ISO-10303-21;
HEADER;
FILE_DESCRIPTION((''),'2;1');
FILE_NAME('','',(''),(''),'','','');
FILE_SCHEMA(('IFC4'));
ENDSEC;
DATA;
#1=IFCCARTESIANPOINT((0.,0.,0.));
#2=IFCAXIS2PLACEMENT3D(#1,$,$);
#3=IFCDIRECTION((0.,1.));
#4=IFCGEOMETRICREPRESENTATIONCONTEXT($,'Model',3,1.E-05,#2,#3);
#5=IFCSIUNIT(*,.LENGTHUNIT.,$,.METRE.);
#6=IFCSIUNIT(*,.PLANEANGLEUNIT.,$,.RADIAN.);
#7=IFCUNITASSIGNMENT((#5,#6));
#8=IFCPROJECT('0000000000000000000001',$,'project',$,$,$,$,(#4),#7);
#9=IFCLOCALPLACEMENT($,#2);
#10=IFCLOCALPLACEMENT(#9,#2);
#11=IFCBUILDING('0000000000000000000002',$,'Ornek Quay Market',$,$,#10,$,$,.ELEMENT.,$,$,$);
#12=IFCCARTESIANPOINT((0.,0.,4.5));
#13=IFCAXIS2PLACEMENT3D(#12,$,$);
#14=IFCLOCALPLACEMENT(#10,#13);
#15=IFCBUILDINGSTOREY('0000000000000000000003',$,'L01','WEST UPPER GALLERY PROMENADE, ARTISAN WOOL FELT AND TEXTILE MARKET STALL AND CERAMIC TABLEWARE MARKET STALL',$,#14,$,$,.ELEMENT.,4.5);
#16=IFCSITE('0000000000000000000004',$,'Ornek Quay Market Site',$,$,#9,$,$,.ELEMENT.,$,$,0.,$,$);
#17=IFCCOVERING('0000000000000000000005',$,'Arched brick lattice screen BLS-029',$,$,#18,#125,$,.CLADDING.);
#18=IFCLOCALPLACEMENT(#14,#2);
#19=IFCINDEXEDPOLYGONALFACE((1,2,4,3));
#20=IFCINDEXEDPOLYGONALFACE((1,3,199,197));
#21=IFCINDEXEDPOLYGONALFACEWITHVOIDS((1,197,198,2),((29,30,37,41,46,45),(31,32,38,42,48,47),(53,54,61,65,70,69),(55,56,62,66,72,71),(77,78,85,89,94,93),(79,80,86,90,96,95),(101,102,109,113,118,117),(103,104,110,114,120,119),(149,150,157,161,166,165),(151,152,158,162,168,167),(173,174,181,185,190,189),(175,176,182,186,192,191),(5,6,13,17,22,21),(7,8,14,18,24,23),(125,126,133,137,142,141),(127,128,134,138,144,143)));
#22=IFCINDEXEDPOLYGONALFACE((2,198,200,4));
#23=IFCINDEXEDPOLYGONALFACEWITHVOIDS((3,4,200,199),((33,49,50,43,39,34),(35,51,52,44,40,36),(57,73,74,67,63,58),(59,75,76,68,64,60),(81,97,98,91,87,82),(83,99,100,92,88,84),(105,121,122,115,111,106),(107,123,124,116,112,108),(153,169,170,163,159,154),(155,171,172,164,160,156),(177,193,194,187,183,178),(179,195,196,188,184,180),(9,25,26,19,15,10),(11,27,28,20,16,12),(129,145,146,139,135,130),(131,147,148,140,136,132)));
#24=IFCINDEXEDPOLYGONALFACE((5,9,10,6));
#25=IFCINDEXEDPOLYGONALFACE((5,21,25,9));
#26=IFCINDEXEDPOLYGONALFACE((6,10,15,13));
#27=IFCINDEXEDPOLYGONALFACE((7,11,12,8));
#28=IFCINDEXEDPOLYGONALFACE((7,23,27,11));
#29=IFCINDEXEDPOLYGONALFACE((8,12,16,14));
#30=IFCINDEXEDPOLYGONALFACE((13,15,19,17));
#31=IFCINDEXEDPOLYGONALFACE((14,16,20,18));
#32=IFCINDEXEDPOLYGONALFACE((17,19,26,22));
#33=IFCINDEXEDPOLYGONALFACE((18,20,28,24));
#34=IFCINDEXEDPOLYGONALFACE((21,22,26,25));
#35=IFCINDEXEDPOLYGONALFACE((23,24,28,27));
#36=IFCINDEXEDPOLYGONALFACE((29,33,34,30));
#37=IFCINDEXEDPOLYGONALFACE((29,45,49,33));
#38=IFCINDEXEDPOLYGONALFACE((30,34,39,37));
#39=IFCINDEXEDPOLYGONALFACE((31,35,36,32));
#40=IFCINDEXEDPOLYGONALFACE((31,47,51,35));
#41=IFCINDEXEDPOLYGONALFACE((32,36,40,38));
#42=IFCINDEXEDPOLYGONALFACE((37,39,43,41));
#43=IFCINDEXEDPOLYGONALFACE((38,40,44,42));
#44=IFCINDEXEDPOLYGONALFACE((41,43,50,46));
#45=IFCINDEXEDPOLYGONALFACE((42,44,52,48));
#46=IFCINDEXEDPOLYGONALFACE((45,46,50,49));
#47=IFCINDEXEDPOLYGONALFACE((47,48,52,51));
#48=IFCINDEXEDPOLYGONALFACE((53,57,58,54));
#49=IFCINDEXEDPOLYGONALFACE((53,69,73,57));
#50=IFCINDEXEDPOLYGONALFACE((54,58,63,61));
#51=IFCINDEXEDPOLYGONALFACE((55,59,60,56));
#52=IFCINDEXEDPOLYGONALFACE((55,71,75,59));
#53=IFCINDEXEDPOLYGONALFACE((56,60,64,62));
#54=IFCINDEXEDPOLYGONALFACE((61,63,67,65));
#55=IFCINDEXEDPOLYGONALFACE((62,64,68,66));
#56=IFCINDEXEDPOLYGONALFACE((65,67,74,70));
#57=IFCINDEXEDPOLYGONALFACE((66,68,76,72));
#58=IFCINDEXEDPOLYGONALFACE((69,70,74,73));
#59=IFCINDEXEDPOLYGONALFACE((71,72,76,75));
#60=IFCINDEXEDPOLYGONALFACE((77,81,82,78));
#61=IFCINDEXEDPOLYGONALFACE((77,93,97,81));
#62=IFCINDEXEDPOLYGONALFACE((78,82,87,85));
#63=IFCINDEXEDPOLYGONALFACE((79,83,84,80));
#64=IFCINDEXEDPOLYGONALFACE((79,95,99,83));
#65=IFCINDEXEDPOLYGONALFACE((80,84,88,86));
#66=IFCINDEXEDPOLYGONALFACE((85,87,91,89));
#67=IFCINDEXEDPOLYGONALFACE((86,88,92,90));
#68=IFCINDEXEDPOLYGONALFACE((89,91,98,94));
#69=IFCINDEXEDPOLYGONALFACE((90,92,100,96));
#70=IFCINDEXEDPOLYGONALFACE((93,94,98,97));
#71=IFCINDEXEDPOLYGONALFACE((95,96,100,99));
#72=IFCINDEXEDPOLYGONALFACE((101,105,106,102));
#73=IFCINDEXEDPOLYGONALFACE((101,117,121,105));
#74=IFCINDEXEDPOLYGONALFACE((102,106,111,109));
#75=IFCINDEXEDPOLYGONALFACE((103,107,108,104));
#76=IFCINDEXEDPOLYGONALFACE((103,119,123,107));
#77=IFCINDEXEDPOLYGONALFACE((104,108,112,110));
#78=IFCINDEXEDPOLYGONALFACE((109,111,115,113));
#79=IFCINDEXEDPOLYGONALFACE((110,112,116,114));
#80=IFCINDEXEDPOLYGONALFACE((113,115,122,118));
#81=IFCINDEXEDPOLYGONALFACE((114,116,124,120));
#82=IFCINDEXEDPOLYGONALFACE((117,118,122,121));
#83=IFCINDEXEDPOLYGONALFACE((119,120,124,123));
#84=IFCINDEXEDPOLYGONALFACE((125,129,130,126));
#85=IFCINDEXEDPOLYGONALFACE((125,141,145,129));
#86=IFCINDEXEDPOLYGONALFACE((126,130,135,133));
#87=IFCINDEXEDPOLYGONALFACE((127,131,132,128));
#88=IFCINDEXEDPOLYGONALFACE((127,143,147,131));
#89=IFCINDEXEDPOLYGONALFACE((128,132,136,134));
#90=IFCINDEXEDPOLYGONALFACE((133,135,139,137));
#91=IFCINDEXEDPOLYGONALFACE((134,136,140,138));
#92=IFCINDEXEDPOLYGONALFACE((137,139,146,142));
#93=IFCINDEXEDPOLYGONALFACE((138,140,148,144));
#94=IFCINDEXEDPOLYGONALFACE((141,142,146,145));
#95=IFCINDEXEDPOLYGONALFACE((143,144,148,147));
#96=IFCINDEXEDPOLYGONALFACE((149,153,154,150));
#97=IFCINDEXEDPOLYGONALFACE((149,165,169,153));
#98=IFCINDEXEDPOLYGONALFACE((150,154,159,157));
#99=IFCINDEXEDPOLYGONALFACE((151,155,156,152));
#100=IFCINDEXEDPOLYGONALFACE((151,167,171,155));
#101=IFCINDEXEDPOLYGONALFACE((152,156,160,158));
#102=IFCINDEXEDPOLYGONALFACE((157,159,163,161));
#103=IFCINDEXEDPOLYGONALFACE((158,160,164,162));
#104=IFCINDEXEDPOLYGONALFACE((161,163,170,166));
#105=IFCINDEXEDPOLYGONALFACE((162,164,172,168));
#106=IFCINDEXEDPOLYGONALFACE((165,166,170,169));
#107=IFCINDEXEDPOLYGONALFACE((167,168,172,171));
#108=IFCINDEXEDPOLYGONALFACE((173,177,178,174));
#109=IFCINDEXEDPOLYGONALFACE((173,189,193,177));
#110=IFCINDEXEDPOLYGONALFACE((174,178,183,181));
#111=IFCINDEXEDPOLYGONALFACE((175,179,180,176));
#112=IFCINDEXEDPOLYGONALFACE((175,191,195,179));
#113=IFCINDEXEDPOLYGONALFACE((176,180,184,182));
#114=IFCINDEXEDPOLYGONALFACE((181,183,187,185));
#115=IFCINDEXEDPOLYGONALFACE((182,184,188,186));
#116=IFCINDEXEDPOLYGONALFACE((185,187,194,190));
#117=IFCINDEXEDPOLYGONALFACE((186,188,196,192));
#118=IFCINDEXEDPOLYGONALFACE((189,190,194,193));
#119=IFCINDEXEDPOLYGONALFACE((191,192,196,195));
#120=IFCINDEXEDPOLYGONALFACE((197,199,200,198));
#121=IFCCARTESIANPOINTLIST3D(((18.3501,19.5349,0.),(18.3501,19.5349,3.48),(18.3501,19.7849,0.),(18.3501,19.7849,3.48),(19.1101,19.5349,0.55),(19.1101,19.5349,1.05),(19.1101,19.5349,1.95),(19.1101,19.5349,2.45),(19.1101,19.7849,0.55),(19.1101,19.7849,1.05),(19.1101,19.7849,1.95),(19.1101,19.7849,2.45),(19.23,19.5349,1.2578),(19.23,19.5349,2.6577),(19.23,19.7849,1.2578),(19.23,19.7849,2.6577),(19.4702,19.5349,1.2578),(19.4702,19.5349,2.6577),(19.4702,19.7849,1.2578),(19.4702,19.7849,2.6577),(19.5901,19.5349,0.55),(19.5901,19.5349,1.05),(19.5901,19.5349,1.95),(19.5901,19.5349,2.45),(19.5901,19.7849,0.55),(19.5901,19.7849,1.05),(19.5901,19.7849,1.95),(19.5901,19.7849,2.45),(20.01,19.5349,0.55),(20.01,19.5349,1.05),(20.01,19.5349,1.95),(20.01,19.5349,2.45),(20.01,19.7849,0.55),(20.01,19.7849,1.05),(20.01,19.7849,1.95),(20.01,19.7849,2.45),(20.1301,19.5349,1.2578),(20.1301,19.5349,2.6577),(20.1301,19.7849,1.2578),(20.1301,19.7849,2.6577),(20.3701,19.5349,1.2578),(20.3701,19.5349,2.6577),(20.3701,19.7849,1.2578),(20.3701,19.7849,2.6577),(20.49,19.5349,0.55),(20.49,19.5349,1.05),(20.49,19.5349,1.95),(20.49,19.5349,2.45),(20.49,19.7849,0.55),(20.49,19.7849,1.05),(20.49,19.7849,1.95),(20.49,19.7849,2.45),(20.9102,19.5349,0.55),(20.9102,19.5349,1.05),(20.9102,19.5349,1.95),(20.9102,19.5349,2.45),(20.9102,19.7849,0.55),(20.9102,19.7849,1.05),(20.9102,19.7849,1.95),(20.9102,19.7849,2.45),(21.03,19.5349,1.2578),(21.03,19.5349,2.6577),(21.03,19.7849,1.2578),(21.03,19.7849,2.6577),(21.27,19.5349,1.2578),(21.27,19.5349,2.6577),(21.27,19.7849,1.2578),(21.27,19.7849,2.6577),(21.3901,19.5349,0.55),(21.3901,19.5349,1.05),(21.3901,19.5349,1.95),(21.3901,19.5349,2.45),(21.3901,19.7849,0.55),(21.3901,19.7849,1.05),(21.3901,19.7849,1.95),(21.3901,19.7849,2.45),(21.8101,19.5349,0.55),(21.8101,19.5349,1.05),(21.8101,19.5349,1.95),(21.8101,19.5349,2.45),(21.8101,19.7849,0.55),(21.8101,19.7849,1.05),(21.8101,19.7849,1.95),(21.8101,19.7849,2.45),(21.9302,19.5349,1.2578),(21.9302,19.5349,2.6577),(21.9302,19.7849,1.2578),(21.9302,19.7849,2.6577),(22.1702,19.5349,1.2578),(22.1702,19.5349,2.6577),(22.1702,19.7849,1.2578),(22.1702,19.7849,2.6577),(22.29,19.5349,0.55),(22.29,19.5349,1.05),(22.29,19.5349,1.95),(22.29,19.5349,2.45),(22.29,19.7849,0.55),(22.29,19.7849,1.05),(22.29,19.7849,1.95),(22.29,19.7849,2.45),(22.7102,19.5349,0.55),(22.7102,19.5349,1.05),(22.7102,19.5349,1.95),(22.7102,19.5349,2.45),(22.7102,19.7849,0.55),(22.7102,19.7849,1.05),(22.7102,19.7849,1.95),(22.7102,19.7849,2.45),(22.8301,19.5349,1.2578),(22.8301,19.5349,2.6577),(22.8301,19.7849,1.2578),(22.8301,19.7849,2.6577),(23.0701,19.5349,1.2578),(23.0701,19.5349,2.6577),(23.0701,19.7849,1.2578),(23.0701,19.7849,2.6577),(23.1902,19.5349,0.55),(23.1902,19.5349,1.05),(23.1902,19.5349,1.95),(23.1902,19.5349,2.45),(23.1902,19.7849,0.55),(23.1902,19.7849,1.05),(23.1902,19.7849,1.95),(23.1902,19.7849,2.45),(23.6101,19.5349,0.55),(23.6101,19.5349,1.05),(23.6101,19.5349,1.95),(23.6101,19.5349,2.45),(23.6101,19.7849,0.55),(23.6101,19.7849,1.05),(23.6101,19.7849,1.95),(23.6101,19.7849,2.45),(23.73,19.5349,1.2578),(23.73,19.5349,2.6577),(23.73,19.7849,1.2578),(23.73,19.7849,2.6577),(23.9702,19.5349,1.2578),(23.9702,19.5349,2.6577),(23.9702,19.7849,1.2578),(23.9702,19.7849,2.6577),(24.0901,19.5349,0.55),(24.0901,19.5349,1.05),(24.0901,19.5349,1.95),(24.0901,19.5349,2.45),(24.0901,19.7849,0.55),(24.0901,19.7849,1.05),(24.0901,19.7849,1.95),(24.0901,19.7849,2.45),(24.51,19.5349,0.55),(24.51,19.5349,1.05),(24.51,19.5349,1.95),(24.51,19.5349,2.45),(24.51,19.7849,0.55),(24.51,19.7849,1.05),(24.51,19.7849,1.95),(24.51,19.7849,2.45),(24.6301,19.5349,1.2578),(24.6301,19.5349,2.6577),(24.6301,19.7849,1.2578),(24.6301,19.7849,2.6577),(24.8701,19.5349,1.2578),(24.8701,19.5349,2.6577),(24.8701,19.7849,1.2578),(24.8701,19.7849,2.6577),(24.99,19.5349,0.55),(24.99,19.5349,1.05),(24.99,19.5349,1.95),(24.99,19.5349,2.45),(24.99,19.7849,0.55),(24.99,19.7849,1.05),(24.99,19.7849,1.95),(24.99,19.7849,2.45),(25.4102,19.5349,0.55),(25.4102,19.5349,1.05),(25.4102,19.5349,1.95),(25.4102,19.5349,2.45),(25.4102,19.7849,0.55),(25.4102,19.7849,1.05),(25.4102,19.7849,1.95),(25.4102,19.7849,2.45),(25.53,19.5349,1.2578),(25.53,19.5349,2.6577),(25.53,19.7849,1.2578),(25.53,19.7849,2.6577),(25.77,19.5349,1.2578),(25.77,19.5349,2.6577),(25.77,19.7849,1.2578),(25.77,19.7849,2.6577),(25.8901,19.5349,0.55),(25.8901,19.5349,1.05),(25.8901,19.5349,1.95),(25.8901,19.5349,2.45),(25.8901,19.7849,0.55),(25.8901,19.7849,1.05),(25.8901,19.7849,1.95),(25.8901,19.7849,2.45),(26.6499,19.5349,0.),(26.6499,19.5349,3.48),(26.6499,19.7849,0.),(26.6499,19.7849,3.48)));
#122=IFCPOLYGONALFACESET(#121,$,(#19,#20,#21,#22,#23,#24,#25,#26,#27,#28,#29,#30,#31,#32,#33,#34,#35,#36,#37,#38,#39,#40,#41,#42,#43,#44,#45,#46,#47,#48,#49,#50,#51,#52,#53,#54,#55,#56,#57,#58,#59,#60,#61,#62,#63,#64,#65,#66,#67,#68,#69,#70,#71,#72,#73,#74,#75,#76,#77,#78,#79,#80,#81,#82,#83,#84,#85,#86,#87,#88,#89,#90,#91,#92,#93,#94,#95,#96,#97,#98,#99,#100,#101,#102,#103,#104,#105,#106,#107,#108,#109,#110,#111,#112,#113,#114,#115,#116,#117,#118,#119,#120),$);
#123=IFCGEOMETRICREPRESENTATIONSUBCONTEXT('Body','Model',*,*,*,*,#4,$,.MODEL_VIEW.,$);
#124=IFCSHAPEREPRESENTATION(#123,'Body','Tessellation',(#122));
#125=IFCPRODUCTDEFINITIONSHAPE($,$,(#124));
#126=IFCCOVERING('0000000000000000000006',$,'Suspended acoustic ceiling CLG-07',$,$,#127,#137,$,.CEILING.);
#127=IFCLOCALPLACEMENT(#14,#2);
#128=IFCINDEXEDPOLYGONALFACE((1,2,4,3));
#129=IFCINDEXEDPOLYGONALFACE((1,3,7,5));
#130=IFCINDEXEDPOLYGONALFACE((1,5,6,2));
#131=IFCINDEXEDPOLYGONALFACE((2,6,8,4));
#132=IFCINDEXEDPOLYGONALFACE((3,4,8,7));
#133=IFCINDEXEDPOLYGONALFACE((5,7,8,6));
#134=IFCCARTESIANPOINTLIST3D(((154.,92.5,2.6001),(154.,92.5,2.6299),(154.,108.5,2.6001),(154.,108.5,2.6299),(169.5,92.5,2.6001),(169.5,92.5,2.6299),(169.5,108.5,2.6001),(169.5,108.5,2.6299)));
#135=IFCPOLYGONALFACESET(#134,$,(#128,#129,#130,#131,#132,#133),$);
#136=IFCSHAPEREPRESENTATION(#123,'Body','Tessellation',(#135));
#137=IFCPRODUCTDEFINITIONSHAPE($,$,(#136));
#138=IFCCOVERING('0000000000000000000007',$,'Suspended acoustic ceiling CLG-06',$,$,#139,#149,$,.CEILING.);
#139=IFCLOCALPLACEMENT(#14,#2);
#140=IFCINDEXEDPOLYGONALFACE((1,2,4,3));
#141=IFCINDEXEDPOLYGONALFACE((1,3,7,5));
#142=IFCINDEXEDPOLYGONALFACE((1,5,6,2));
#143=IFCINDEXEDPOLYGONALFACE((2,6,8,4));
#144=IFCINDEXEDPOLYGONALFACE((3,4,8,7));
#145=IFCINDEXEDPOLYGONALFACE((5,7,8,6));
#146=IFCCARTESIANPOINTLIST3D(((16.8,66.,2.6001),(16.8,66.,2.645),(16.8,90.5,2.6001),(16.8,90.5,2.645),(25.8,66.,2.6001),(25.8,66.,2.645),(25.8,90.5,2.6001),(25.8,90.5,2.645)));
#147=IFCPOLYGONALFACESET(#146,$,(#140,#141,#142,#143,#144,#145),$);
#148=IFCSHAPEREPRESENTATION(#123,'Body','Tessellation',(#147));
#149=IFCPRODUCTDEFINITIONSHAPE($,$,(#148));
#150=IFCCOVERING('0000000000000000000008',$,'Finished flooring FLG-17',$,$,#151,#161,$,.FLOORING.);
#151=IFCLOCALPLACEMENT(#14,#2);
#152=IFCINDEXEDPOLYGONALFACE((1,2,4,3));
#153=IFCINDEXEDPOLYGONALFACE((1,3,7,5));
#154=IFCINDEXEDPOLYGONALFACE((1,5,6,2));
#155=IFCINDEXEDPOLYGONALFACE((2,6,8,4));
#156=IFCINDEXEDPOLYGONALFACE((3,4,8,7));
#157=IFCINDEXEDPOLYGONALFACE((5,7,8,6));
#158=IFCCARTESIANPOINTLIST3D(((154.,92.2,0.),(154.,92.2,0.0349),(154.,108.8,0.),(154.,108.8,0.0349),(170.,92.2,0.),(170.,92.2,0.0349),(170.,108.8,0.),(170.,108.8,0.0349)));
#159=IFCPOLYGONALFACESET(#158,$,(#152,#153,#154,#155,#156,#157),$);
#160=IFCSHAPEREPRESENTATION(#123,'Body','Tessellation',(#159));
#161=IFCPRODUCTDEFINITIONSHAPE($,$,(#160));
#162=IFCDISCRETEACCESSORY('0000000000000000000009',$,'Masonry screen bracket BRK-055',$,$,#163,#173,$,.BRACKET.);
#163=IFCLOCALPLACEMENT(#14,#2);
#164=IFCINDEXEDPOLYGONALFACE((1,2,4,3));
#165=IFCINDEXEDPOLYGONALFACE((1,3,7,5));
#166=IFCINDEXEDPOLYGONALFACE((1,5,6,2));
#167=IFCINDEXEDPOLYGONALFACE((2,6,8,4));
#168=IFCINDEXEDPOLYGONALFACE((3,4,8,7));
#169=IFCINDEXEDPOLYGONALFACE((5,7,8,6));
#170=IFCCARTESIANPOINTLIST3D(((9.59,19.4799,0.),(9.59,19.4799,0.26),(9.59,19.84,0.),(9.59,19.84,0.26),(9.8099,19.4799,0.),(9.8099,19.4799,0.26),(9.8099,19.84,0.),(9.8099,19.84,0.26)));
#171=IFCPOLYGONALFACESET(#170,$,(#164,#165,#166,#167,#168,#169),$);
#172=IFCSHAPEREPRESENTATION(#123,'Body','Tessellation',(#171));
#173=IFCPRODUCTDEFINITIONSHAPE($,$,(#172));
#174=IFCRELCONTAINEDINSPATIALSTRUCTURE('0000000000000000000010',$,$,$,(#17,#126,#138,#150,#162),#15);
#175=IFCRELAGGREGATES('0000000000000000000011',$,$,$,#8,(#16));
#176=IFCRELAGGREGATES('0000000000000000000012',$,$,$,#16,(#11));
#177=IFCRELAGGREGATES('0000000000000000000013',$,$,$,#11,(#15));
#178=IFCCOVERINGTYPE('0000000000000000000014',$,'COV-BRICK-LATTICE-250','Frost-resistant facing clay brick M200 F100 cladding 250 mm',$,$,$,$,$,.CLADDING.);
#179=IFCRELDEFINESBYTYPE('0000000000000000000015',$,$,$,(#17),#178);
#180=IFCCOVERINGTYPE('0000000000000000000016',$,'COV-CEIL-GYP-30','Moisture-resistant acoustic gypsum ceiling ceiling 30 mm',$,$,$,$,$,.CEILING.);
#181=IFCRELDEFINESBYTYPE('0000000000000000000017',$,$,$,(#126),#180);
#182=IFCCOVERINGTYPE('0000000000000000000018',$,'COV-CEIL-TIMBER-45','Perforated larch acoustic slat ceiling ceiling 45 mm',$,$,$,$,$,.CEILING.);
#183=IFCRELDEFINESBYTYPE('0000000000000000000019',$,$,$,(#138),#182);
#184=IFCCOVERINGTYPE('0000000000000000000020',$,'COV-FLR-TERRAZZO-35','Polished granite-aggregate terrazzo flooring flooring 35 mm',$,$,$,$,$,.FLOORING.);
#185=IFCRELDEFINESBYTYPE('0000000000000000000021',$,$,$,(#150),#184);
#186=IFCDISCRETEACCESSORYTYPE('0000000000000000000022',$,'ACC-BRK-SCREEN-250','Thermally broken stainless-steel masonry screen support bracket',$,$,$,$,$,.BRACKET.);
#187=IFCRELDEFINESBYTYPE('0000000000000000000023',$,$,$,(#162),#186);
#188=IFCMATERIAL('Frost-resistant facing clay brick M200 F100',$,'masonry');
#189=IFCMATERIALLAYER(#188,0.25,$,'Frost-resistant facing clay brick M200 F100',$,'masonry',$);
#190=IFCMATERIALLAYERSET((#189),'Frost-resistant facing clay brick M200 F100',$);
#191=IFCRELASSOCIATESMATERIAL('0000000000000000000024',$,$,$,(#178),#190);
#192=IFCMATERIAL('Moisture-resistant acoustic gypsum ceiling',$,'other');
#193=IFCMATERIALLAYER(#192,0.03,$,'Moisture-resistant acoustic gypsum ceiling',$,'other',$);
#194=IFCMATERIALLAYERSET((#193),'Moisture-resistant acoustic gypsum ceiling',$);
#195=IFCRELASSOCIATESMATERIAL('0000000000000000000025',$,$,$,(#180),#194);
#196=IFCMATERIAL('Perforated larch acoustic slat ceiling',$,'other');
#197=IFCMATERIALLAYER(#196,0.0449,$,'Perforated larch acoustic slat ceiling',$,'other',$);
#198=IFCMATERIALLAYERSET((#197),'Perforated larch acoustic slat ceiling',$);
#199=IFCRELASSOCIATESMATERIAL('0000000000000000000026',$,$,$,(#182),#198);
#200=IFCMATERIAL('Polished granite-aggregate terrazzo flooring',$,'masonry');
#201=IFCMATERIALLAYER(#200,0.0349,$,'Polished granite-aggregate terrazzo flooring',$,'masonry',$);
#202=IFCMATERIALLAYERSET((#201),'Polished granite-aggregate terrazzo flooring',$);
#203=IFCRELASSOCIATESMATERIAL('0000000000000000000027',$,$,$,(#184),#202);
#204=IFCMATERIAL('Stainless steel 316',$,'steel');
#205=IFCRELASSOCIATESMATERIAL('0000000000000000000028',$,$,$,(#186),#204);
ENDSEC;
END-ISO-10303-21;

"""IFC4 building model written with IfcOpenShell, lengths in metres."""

from ifc_helpers import new_model, si_unit, direction, frame, origin, origin_2d, place, context, subcontext, project, spatial, polyline, rectangle, outline, extrude, material, layer, layer_set, type_object, element, save


model = new_model("IFC4")

# Units and contexts
model_context = context("Model", 3, precision=1e-05, world=origin(), true_north=direction((0.0, 1.0)))
body_context = subcontext(model_context, "Body", "Model", "MODEL_VIEW")
ifc_project = project(units=[si_unit("LENGTHUNIT", "METRE"), si_unit("PLANEANGLEUNIT", "RADIAN")], contexts=[model_context])

# Site, building, storey
site_placement = place(None, origin())
site = spatial("IfcSite", under=ifc_project, at=site_placement, Name="Ornek Quay Market Site", CompositionType="ELEMENT", RefElevation=0.0)
building_placement = place(site_placement, origin())
building = spatial("IfcBuilding", under=site, at=building_placement, Name="Ornek Quay Market", CompositionType="ELEMENT")
storey_placement = place(building_placement, frame((0.0, 0.0, 4.5)))
storey = spatial("IfcBuildingStorey", under=building, at=storey_placement, Name="L01", Description="WEST UPPER GALLERY PROMENADE, ARTISAN WOOL FELT AND TEXTILE MARKET STALL AND CERAMIC TABLEWARE MARKET STALL", CompositionType="ELEMENT", Elevation=4.5)

# Shared definitions
ifc_material_1 = material(Name="Frost-resistant facing clay brick M200 F100", Category="masonry")

# Coverings
ifc_layer_1 = layer(ifc_material_1, 0.25, Name="Frost-resistant facing clay brick M200 F100", Category="masonry")
ifc_layer_set_1 = layer_set([ifc_layer_1], Name="Frost-resistant facing clay brick M200 F100")
covering_type_1 = type_object("IfcCoveringType", Name="COV-BRICK-LATTICE-250", Description="Frost-resistant facing clay brick M200 F100 cladding 250 mm", PredefinedType="CLADDING", material=ifc_layer_set_1)
covering_1_placement = place(storey_placement, frame((18.3501, 19.6599, 0.0), z_axis=(0.0, 0.0, 1.0), x_axis=(1.0, 0.0, 0.0)))
element("IfcCovering", 1, at=covering_1_placement, inside=storey, type_object=covering_type_1, Name="Arched brick lattice screen BLS-029", PredefinedType="CLADDING", context=body_context, shape_type="SweptSolid", body=[
    extrude(outline(polyline([(0.0, 0.0), (8.2998, 0.0), (8.2998, 3.48), (0.0, 3.48), (0.0, 0.0)]), holes=[polyline([(0.76, 0.55), (1.24, 0.55), (1.24, 1.05), (1.1201, 1.2578), (0.8799, 1.2578), (0.76, 1.05), (0.76, 0.55)]), polyline([(0.76, 1.95), (1.24, 1.95), (1.24, 2.45), (1.1201, 2.6577), (0.8799, 2.6577), (0.76, 2.45), (0.76, 1.95)]), polyline([(1.6599, 0.55), (2.1399, 0.55), (2.1399, 1.05), (2.02, 1.2578), (1.78, 1.2578), (1.6599, 1.05), (1.6599, 0.55)]), polyline([(1.6599, 1.95), (2.1399, 1.95), (2.1399, 2.45), (2.02, 2.6577), (1.78, 2.6577), (1.6599, 2.45), (1.6599, 1.95)]), polyline([(2.5601, 0.55), (3.04, 0.55), (3.04, 1.05), (2.9199, 1.2578), (2.6799, 1.2578), (2.5601, 1.05), (2.5601, 0.55)]), polyline([(2.5601, 1.95), (3.04, 1.95), (3.04, 2.45), (2.9199, 2.6577), (2.6799, 2.6577), (2.5601, 2.45), (2.5601, 1.95)]), polyline([(3.46, 0.55), (3.9399, 0.55), (3.9399, 1.05), (3.8201, 1.2578), (3.5801, 1.2578), (3.46, 1.05), (3.46, 0.55)]), polyline([(3.46, 1.95), (3.9399, 1.95), (3.9399, 2.45), (3.8201, 2.6577), (3.5801, 2.6577), (3.46, 2.45), (3.46, 1.95)]), polyline([(4.3601, 0.55), (4.8401, 0.55), (4.8401, 1.05), (4.72, 1.2578), (4.48, 1.2578), (4.3601, 1.05), (4.3601, 0.55)]), polyline([(4.3601, 1.95), (4.8401, 1.95), (4.8401, 2.45), (4.72, 2.6577), (4.48, 2.6577), (4.3601, 2.45), (4.3601, 1.95)]), polyline([(5.26, 0.55), (5.74, 0.55), (5.74, 1.05), (5.6201, 1.2578), (5.3799, 1.2578), (5.26, 1.05), (5.26, 0.55)]), polyline([(5.26, 1.95), (5.74, 1.95), (5.74, 2.45), (5.6201, 2.6577), (5.3799, 2.6577), (5.26, 2.45), (5.26, 1.95)]), polyline([(6.1599, 0.55), (6.6399, 0.55), (6.6399, 1.05), (6.52, 1.2578), (6.28, 1.2578), (6.1599, 1.05), (6.1599, 0.55)]), polyline([(6.1599, 1.95), (6.6399, 1.95), (6.6399, 2.45), (6.52, 2.6577), (6.28, 2.6577), (6.1599, 2.45), (6.1599, 1.95)]), polyline([(7.0601, 0.55), (7.54, 0.55), (7.54, 1.05), (7.4199, 1.2578), (7.1799, 1.2578), (7.0601, 1.05), (7.0601, 0.55)]), polyline([(7.0601, 1.95), (7.54, 1.95), (7.54, 2.45), (7.4199, 2.6577), (7.1799, 2.6577), (7.0601, 2.45), (7.0601, 1.95)])]), frame((0.0, 0.125, 0.0), z_axis=(0.0, -1.0, 0.0), x_axis=(1.0, 0.0, 0.0)), (0.0, 0.0, 1.0), 0.25),
])
ifc_material_2 = material(Name="Moisture-resistant acoustic gypsum ceiling", Category="other")
ifc_layer_2 = layer(ifc_material_2, 0.03, Name="Moisture-resistant acoustic gypsum ceiling", Category="other")
ifc_layer_set_2 = layer_set([ifc_layer_2], Name="Moisture-resistant acoustic gypsum ceiling")
covering_type_2 = type_object("IfcCoveringType", Name="COV-CEIL-GYP-30", Description="Moisture-resistant acoustic gypsum ceiling ceiling 30 mm", PredefinedType="CEILING", material=ifc_layer_set_2)
covering_2_placement = place(storey_placement, frame((0.0, 0.0, 2.6001)))
element("IfcCovering", 2, at=covering_2_placement, inside=storey, type_object=covering_type_2, Name="Suspended acoustic ceiling CLG-07", PredefinedType="CEILING", context=body_context, shape_type="SweptSolid", body=[
    extrude(outline(polyline([(154.0, 92.5), (169.5, 92.5), (169.5, 108.5), (154.0, 108.5), (154.0, 92.5)])), origin(), (0.0, 0.0, 1.0), 0.0298),
])
ifc_material_3 = material(Name="Perforated larch acoustic slat ceiling", Category="other")
ifc_layer_3 = layer(ifc_material_3, 0.0449, Name="Perforated larch acoustic slat ceiling", Category="other")
ifc_layer_set_3 = layer_set([ifc_layer_3], Name="Perforated larch acoustic slat ceiling")
covering_type_3 = type_object("IfcCoveringType", Name="COV-CEIL-TIMBER-45", Description="Perforated larch acoustic slat ceiling ceiling 45 mm", PredefinedType="CEILING", material=ifc_layer_set_3)
covering_3_placement = place(storey_placement, frame((0.0, 0.0, 2.6001)))
element("IfcCovering", 3, at=covering_3_placement, inside=storey, type_object=covering_type_3, Name="Suspended acoustic ceiling CLG-06", PredefinedType="CEILING", context=body_context, shape_type="SweptSolid", body=[
    extrude(outline(polyline([(16.8, 66.0), (25.8, 66.0), (25.8, 90.5), (16.8, 90.5), (16.8, 66.0)])), origin(), (0.0, 0.0, 1.0), 0.0449),
])
ifc_material_4 = material(Name="Polished granite-aggregate terrazzo flooring", Category="masonry")
ifc_layer_4 = layer(ifc_material_4, 0.0349, Name="Polished granite-aggregate terrazzo flooring", Category="masonry")
ifc_layer_set_4 = layer_set([ifc_layer_4], Name="Polished granite-aggregate terrazzo flooring")
covering_type_4 = type_object("IfcCoveringType", Name="COV-FLR-TERRAZZO-35", Description="Polished granite-aggregate terrazzo flooring flooring 35 mm", PredefinedType="FLOORING", material=ifc_layer_set_4)
covering_4_placement = place(storey_placement, origin())
element("IfcCovering", 4, at=covering_4_placement, inside=storey, type_object=covering_type_4, Name="Finished flooring FLG-17", PredefinedType="FLOORING", context=body_context, shape_type="SweptSolid", body=[
    extrude(outline(polyline([(154.0, 92.2), (170.0, 92.2), (170.0, 108.8), (154.0, 108.8), (154.0, 92.2)])), origin(), (0.0, 0.0, 1.0), 0.0349),
])

# Discrete accessory
ifc_material_5 = material(Name="Stainless steel 316", Category="steel")
discrete_accessory_type = type_object("IfcDiscreteAccessoryType", Name="ACC-BRK-SCREEN-250", Description="Thermally broken stainless-steel masonry screen support bracket", PredefinedType="BRACKET", material=ifc_material_5)
for number, where, z_axis, x_axis, name in (
    (5, (9.7, 19.6599, 0.0), (0.0, 0.0, 1.0), (1.0, 0.0, 0.0), "Masonry screen bracket BRK-055"),
):
    element("IfcDiscreteAccessory", number, at=place(storey_placement, frame(where, z_axis=z_axis, x_axis=x_axis)), inside=storey, type_object=discrete_accessory_type, Name=name, PredefinedType="BRACKET", context=body_context, shape_type="SweptSolid", body=[
        extrude(rectangle(XDim=0.22, YDim=0.3601, at=origin_2d()), origin(), (0.0, 0.0, 1.0), 0.26),
    ])

save(model, "model.ifc")
